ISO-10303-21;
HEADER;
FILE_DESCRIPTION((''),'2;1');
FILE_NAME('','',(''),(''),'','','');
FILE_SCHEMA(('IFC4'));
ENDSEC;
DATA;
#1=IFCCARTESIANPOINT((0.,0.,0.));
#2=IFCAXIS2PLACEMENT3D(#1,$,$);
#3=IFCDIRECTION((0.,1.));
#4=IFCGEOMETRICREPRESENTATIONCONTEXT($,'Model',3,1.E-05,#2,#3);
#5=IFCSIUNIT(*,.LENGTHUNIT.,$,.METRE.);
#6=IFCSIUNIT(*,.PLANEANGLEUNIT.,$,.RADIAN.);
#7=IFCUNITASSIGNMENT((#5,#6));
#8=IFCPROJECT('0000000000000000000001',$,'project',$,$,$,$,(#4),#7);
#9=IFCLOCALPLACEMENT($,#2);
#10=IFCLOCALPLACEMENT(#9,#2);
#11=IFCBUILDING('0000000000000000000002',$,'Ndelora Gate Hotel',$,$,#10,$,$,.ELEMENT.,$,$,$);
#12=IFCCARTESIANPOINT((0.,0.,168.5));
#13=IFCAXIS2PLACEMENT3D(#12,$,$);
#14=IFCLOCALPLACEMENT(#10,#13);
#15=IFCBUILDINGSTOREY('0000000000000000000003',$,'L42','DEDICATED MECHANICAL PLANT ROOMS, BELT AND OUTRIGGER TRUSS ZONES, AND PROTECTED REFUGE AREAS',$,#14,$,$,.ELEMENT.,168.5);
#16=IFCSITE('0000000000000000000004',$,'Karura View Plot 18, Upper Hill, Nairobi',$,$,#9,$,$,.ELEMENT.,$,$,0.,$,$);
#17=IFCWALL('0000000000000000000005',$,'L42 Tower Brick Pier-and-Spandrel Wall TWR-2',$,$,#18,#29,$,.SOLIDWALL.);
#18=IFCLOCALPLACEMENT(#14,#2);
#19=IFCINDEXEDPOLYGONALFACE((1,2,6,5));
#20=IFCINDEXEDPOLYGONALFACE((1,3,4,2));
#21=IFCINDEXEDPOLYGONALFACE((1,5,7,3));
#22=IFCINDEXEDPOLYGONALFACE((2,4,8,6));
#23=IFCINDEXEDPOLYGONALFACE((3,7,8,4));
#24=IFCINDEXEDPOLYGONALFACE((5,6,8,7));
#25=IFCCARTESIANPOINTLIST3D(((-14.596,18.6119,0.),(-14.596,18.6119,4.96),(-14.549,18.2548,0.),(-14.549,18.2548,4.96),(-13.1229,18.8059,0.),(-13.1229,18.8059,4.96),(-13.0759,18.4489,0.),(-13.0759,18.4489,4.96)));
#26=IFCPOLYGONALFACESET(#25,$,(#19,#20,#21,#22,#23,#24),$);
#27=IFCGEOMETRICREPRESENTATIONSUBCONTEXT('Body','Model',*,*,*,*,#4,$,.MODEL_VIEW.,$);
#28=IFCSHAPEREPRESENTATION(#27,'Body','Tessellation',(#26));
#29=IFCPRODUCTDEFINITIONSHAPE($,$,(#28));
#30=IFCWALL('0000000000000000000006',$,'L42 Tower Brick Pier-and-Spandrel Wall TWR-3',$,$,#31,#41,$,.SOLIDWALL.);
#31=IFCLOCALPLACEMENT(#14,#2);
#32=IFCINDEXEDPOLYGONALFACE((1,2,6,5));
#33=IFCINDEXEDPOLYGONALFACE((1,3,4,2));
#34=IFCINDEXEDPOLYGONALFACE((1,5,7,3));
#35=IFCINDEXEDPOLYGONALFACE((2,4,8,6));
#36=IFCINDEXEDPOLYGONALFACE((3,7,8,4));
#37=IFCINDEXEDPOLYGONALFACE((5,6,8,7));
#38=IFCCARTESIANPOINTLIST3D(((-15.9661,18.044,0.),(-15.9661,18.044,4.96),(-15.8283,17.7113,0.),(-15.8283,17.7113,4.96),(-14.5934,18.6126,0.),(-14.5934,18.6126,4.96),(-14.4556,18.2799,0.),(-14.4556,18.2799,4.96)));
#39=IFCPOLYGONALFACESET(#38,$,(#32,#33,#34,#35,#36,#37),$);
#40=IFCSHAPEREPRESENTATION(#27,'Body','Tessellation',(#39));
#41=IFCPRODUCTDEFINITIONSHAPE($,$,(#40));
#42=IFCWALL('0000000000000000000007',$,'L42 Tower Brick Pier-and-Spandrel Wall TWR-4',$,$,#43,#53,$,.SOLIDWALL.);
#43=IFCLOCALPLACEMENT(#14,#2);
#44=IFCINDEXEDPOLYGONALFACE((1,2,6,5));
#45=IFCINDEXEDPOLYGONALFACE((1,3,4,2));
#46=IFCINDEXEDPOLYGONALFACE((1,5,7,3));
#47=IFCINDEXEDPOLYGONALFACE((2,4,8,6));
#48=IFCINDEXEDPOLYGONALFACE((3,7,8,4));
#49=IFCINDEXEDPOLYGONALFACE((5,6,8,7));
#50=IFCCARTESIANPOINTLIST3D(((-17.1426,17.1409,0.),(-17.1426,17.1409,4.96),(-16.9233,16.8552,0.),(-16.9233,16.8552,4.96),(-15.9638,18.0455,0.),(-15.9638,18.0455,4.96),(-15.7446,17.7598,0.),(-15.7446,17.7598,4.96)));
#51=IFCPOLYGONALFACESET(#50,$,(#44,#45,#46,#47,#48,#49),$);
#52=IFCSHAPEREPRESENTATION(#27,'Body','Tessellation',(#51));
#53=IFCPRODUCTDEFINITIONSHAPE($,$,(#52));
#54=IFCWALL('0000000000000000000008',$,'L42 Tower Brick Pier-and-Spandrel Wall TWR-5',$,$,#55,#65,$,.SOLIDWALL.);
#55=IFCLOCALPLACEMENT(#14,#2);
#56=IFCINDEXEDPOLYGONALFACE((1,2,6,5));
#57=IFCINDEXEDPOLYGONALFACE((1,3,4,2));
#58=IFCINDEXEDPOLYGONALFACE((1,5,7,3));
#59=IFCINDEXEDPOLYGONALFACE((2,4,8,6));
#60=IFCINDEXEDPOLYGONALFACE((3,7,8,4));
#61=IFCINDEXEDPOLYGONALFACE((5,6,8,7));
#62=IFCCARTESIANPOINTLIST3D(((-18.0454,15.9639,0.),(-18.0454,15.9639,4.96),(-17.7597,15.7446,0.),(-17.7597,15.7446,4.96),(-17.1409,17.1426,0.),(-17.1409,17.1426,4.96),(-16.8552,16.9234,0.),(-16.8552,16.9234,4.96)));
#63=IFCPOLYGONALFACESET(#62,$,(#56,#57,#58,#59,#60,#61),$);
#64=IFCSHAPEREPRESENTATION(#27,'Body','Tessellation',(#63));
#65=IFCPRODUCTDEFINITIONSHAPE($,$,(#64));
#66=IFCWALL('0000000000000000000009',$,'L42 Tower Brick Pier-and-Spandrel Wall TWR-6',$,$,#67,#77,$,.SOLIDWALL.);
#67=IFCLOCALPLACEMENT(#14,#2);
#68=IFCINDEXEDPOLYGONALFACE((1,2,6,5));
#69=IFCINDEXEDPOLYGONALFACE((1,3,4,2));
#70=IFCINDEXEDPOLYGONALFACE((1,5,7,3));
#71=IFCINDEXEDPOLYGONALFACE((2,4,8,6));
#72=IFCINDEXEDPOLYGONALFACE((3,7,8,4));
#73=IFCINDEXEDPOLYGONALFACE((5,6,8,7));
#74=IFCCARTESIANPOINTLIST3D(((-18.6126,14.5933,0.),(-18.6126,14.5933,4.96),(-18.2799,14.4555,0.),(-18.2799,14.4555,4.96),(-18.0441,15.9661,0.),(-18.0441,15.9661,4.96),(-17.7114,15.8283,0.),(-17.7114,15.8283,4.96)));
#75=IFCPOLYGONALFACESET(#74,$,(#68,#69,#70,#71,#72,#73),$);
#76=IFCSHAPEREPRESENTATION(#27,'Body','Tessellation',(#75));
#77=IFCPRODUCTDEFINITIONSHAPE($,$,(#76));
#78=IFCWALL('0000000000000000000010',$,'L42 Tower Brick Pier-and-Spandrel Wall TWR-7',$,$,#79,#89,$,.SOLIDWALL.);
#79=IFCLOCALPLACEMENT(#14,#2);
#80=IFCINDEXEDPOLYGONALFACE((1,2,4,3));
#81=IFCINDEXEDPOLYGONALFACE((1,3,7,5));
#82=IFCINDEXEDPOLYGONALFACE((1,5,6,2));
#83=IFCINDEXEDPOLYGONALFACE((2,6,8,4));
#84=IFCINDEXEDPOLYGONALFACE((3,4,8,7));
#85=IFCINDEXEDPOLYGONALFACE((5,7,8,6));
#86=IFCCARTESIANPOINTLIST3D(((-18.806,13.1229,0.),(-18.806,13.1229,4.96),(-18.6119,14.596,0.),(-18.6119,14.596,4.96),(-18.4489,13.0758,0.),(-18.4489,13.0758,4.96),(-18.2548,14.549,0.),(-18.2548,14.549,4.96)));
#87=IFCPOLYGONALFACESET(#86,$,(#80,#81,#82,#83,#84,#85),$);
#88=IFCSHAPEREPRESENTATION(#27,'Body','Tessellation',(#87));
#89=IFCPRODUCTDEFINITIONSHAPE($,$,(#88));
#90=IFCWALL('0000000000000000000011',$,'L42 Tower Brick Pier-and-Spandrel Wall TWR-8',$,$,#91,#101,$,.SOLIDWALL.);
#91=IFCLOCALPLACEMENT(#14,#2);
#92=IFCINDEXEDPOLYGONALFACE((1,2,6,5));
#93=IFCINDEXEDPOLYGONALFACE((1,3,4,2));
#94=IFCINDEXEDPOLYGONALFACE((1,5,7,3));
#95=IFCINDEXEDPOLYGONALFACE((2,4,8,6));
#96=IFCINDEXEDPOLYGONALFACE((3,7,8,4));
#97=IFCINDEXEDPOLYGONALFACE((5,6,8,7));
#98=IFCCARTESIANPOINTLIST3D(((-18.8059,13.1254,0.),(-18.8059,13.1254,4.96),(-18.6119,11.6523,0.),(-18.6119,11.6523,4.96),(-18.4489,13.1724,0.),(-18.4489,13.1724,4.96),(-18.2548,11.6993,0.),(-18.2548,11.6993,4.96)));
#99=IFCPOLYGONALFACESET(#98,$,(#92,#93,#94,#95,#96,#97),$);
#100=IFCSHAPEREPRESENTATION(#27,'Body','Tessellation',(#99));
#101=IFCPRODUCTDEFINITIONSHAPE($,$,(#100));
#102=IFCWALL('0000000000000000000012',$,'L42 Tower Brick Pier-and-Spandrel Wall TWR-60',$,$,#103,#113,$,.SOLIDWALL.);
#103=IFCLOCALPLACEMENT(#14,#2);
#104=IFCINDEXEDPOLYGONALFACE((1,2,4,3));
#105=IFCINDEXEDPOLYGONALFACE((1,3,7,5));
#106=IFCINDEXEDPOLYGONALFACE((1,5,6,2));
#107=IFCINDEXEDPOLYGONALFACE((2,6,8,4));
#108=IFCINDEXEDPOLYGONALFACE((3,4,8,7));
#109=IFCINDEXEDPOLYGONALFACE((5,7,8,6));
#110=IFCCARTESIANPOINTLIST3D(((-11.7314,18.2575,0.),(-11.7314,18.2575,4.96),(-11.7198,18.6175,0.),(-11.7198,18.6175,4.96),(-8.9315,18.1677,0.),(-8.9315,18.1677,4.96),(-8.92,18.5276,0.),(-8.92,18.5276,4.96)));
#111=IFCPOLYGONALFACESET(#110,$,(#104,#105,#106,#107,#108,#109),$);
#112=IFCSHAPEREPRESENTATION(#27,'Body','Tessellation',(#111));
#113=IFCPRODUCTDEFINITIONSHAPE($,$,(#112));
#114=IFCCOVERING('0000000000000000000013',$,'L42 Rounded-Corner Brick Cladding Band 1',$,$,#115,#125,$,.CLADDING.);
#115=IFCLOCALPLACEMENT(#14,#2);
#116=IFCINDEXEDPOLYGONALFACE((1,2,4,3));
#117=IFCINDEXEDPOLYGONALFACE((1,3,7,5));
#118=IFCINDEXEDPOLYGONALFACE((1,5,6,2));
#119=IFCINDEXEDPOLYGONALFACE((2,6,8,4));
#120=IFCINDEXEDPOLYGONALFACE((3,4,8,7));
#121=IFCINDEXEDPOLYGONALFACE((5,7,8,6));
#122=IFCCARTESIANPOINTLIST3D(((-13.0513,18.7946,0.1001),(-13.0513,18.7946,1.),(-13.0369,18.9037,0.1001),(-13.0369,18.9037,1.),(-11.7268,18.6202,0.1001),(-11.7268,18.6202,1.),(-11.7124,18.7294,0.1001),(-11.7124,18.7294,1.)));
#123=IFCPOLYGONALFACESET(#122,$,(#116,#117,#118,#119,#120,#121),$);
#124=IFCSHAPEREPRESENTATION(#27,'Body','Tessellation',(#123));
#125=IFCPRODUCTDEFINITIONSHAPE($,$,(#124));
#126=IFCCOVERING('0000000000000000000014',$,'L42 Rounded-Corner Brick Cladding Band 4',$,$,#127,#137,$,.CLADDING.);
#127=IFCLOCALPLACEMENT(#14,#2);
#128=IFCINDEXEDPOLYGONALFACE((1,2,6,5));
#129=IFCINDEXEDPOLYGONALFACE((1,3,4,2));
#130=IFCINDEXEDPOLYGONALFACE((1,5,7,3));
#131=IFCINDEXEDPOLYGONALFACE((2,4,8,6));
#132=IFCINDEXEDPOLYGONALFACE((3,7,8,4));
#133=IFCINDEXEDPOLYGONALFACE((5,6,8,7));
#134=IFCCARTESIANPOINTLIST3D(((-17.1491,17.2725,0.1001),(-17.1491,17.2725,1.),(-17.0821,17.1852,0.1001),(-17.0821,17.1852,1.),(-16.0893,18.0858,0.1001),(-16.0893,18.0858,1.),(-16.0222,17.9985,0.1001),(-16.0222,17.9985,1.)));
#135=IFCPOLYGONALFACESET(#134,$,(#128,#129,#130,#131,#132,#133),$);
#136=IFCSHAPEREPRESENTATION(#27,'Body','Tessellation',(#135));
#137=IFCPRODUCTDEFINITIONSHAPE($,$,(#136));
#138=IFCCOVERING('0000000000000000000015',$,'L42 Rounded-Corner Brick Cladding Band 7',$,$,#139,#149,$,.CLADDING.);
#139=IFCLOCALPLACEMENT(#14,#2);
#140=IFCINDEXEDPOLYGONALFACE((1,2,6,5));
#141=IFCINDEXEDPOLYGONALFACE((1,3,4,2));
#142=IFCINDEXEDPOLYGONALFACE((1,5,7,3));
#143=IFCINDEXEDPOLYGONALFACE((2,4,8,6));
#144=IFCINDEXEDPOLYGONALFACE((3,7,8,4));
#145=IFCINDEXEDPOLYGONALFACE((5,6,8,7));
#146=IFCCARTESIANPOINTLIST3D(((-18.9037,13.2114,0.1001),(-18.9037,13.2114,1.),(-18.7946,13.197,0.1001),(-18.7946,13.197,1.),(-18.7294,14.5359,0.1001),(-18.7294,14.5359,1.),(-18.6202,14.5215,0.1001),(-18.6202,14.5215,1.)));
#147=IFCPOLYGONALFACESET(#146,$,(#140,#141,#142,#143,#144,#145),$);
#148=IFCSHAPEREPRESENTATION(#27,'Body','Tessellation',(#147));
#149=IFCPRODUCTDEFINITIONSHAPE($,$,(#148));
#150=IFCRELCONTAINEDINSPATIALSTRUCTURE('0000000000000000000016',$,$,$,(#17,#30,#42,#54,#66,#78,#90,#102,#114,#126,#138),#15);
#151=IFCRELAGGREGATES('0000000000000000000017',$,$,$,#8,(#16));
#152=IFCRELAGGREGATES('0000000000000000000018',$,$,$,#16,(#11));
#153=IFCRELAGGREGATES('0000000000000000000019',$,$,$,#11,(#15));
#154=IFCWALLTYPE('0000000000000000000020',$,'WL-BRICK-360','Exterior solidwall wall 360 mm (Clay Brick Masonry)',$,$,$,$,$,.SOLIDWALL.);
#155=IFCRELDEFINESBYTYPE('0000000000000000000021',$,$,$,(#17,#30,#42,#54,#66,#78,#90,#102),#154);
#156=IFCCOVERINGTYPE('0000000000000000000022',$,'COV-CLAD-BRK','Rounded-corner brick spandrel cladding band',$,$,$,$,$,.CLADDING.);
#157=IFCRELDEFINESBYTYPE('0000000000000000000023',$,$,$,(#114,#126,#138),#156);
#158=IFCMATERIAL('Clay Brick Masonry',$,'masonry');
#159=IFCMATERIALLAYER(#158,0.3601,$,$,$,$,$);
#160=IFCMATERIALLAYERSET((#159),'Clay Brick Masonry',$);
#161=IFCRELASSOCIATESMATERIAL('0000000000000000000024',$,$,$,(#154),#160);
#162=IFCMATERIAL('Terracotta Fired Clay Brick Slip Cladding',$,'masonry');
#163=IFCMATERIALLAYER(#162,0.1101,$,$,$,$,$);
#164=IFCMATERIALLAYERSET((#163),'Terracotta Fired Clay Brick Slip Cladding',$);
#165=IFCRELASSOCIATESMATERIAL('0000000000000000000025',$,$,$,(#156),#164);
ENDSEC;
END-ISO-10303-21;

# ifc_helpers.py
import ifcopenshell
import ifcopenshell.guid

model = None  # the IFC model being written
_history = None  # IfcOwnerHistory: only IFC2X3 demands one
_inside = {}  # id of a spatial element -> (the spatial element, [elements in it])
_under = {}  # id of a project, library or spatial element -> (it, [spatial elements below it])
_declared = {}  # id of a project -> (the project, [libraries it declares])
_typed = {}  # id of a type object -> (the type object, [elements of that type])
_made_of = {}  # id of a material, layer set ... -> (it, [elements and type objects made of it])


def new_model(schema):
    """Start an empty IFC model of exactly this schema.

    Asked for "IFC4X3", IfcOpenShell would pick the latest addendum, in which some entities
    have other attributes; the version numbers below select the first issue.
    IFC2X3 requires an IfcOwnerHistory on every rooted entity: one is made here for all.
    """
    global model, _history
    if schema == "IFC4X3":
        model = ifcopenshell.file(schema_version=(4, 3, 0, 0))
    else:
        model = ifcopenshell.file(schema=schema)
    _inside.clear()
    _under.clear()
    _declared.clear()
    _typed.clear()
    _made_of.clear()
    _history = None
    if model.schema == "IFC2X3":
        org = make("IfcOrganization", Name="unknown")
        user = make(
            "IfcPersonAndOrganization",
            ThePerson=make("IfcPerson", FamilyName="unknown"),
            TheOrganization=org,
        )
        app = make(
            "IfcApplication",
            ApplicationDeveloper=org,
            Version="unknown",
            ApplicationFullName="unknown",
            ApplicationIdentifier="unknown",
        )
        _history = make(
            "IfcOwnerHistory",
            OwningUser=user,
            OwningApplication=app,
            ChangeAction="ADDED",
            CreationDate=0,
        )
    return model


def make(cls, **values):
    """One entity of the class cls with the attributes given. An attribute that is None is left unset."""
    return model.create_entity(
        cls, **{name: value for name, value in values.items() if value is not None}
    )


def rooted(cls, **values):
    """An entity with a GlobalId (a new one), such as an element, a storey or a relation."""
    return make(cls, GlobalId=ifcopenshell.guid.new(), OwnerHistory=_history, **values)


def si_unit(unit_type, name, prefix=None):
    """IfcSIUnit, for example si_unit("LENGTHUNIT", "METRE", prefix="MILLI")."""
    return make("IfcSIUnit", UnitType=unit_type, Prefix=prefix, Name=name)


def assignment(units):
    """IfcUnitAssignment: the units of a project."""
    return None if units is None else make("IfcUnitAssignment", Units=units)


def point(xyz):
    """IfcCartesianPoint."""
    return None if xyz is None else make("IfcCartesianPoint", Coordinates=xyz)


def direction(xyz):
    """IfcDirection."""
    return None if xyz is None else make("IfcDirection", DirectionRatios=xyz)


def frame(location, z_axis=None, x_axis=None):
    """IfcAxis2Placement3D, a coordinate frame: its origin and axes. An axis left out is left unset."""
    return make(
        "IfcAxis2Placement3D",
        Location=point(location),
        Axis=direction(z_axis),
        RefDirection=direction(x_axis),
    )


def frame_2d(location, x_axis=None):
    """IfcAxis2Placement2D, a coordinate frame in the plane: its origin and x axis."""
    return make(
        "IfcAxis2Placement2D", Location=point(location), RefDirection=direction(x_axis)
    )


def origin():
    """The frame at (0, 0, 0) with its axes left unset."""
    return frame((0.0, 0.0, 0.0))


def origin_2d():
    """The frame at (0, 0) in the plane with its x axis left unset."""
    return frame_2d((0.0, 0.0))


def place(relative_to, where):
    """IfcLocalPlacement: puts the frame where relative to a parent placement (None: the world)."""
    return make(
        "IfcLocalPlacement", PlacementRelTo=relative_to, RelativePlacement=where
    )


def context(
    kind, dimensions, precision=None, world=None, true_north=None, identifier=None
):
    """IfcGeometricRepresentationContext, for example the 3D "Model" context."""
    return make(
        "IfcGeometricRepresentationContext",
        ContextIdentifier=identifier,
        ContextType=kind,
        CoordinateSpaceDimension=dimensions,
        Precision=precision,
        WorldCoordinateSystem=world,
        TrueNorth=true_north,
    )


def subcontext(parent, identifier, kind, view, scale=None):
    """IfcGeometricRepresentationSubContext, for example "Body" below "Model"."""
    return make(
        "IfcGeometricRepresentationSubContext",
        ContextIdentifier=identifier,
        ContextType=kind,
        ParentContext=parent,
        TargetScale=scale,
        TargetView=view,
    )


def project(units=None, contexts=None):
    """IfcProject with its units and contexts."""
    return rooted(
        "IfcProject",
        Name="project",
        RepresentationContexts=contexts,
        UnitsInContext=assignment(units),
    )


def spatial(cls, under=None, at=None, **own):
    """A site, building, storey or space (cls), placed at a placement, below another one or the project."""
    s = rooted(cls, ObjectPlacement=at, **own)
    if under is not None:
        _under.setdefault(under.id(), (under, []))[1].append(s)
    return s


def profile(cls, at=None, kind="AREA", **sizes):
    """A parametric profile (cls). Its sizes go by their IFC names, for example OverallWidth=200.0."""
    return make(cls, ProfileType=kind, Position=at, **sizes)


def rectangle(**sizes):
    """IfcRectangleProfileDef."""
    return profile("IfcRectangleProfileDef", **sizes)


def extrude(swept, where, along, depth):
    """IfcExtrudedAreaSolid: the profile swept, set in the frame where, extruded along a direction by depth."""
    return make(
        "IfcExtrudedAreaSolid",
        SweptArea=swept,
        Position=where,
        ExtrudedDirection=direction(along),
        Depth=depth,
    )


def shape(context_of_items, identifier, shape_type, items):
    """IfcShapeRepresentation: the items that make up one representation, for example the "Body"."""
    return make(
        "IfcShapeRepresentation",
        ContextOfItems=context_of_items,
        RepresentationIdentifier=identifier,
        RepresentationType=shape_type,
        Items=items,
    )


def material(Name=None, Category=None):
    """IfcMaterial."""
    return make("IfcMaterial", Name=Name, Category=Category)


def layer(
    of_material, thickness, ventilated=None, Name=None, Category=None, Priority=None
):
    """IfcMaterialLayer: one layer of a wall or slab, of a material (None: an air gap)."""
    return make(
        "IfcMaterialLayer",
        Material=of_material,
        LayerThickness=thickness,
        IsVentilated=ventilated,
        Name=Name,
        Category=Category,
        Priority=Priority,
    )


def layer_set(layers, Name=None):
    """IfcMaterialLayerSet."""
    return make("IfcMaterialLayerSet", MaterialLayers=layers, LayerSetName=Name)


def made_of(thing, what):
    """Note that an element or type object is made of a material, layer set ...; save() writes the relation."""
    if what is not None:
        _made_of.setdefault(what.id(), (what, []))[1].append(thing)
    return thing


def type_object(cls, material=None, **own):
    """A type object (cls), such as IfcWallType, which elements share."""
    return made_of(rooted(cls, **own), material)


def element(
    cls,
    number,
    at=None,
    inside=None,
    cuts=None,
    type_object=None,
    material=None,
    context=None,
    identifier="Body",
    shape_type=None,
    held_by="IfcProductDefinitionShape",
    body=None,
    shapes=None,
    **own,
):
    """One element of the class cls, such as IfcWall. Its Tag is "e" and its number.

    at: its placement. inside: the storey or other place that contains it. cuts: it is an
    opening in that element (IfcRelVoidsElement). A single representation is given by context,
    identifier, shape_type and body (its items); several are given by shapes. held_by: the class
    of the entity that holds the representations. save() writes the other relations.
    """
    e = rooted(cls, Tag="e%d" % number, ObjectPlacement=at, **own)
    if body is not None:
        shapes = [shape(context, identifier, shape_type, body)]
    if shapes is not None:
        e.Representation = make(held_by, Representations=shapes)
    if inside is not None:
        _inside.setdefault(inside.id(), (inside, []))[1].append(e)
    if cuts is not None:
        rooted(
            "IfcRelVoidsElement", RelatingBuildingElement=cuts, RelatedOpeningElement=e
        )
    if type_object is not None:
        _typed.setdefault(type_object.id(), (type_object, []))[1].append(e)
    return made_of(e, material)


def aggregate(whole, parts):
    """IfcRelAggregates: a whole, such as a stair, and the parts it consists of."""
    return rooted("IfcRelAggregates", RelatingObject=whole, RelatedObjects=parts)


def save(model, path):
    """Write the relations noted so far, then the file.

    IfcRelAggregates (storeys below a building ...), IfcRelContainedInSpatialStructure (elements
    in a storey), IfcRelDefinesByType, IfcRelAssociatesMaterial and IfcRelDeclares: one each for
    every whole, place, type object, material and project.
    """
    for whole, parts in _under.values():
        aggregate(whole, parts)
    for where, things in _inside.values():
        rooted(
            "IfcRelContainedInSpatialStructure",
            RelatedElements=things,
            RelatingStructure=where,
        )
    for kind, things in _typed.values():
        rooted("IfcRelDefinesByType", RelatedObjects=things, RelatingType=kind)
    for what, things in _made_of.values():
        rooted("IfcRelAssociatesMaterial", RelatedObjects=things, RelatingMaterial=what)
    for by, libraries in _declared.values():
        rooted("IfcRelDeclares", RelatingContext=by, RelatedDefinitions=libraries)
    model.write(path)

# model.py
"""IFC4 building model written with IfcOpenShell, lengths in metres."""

from ifc_helpers import new_model, si_unit, direction, frame, frame_2d, origin, origin_2d, place, context, subcontext, project, spatial, rectangle, extrude, material, layer, layer_set, type_object, element, save


model = new_model("IFC4")

# Units and contexts
model_context = context("Model", 3, precision=1e-05, world=origin(), true_north=direction((0.0, 1.0)))
body_context = subcontext(model_context, "Body", "Model", "MODEL_VIEW")
ifc_project = project(units=[si_unit("LENGTHUNIT", "METRE"), si_unit("PLANEANGLEUNIT", "RADIAN")], contexts=[model_context])

# Site, building, storey
site_placement = place(None, origin())
site = spatial("IfcSite", under=ifc_project, at=site_placement, Name="Karura View Plot 18, Upper Hill, Nairobi", CompositionType="ELEMENT", RefElevation=0.0)
building_placement = place(site_placement, origin())
building = spatial("IfcBuilding", under=site, at=building_placement, Name="Ndelora Gate Hotel", CompositionType="ELEMENT")
storey_placement = place(building_placement, frame((0.0, 0.0, 168.5)))
storey = spatial("IfcBuildingStorey", under=building, at=storey_placement, Name="L42", Description="DEDICATED MECHANICAL PLANT ROOMS, BELT AND OUTRIGGER TRUSS ZONES, AND PROTECTED REFUGE AREAS", CompositionType="ELEMENT", Elevation=168.5)

# Walls
ifc_material_1 = material(Name="Clay Brick Masonry", Category="masonry")
ifc_layer_1 = layer(ifc_material_1, 0.3601)
ifc_layer_set_1 = layer_set([ifc_layer_1], Name="Clay Brick Masonry")
wall_type_1 = type_object("IfcWallType", Name="WL-BRICK-360", Description="Exterior solidwall wall 360 mm (Clay Brick Masonry)", PredefinedType="SOLIDWALL", material=ifc_layer_set_1)
for number, where, z_axis, x_axis, name in (
    (1, (-14.5725, 18.4333, 0.0), (0.0, 0.0, 1.0), (0.991432, 0.130625, 0.0), "L42 Tower Brick Pier-and-Spandrel Wall TWR-2"),
    (2, (-15.8972, 17.8777, 0.0), (0.0, 0.0, 1.0), (0.923887, 0.382666, 0.0), "L42 Tower Brick Pier-and-Spandrel Wall TWR-3"),
    (3, (-17.033, 16.998, 0.0), (0.0, 0.0, 1.0), (0.793326, 0.608797, 0.0), "L42 Tower Brick Pier-and-Spandrel Wall TWR-4"),
    (4, (-17.9026, 15.8542, 0.0), (0.0, 0.0, 1.0), (0.608797, 0.793326, 0.0), "L42 Tower Brick Pier-and-Spandrel Wall TWR-5"),
    (5, (-18.4463, 14.5244, 0.0), (0.0, 0.0, 1.0), (0.382666, 0.923887, 0.0), "L42 Tower Brick Pier-and-Spandrel Wall TWR-6"),
    (6, (-18.6274, 13.0994, 0.0), (0.0, 0.0, 1.0), (0.130625, 0.991432, 0.0), "L42 Tower Brick Pier-and-Spandrel Wall TWR-7"),
    (7, (-18.4333, 11.6758, 0.0), (0.0, 0.0, 1.0), (-0.130625, 0.991432, 0.0), "L42 Tower Brick Pier-and-Spandrel Wall TWR-8"),
):
    element("IfcWall", number, at=place(storey_placement, frame(where, z_axis=z_axis, x_axis=x_axis)), inside=storey, type_object=wall_type_1, Name=name, PredefinedType="SOLIDWALL", context=body_context, shape_type="SweptSolid", body=[
        extrude(rectangle(XDim=1.4858, YDim=0.3601, at=frame_2d((0.7429, 0.0))), origin(), (0.0, 0.0, 1.0), 4.96),
    ])
wall_1_placement = place(storey_placement, frame((-11.7256, 18.4375, 0.0), z_axis=(0.0, 0.0, 1.0), x_axis=(0.999486, -0.032073, 0.0)))
element("IfcWall", 8, at=wall_1_placement, inside=storey, type_object=wall_type_1, Name="L42 Tower Brick Pier-and-Spandrel Wall TWR-60", PredefinedType="SOLIDWALL", context=body_context, shape_type="SweptSolid", body=[
    extrude(rectangle(XDim=2.8013, YDim=0.3601, at=frame_2d((1.4006, 0.0))), origin(), (0.0, 0.0, 1.0), 4.96),
])

# Coverings
ifc_material_2 = material(Name="Terracotta Fired Clay Brick Slip Cladding", Category="masonry")
ifc_layer_2 = layer(ifc_material_2, 0.1101)
ifc_layer_set_2 = layer_set([ifc_layer_2], Name="Terracotta Fired Clay Brick Slip Cladding")
covering_type = type_object("IfcCoveringType", Name="COV-CLAD-BRK", Description="Rounded-corner brick spandrel cladding band", PredefinedType="CLADDING", material=ifc_layer_set_2)
for number, where, z_axis, x_axis, name in (
    (9, (-12.3818, 18.762, 0.1001), (0.0, 0.0, 1.0), (-0.991445, 0.130526, 0.0), "L42 Rounded-Corner Brick Cladding Band 1"),
    (10, (-16.5857, 17.6355, 0.1001), (0.0, 0.0, 1.0), (0.793353, 0.608761, 0.0), "L42 Rounded-Corner Brick Cladding Band 4"),
    (11, (-18.762, 13.8665, 0.1001), (0.0, 0.0, 1.0), (0.130526, 0.991445, 0.0), "L42 Rounded-Corner Brick Cladding Band 7"),
):
    element("IfcCovering", number, at=place(storey_placement, frame(where, z_axis=z_axis, x_axis=x_axis)), inside=storey, type_object=covering_type, Name=name, PredefinedType="CLADDING", context=body_context, shape_type="SweptSolid", body=[
        extrude(rectangle(XDim=1.3359, YDim=0.1101, at=origin_2d()), origin(), (0.0, 0.0, 1.0), 0.8999),
    ])

save(model, "model.ifc")
